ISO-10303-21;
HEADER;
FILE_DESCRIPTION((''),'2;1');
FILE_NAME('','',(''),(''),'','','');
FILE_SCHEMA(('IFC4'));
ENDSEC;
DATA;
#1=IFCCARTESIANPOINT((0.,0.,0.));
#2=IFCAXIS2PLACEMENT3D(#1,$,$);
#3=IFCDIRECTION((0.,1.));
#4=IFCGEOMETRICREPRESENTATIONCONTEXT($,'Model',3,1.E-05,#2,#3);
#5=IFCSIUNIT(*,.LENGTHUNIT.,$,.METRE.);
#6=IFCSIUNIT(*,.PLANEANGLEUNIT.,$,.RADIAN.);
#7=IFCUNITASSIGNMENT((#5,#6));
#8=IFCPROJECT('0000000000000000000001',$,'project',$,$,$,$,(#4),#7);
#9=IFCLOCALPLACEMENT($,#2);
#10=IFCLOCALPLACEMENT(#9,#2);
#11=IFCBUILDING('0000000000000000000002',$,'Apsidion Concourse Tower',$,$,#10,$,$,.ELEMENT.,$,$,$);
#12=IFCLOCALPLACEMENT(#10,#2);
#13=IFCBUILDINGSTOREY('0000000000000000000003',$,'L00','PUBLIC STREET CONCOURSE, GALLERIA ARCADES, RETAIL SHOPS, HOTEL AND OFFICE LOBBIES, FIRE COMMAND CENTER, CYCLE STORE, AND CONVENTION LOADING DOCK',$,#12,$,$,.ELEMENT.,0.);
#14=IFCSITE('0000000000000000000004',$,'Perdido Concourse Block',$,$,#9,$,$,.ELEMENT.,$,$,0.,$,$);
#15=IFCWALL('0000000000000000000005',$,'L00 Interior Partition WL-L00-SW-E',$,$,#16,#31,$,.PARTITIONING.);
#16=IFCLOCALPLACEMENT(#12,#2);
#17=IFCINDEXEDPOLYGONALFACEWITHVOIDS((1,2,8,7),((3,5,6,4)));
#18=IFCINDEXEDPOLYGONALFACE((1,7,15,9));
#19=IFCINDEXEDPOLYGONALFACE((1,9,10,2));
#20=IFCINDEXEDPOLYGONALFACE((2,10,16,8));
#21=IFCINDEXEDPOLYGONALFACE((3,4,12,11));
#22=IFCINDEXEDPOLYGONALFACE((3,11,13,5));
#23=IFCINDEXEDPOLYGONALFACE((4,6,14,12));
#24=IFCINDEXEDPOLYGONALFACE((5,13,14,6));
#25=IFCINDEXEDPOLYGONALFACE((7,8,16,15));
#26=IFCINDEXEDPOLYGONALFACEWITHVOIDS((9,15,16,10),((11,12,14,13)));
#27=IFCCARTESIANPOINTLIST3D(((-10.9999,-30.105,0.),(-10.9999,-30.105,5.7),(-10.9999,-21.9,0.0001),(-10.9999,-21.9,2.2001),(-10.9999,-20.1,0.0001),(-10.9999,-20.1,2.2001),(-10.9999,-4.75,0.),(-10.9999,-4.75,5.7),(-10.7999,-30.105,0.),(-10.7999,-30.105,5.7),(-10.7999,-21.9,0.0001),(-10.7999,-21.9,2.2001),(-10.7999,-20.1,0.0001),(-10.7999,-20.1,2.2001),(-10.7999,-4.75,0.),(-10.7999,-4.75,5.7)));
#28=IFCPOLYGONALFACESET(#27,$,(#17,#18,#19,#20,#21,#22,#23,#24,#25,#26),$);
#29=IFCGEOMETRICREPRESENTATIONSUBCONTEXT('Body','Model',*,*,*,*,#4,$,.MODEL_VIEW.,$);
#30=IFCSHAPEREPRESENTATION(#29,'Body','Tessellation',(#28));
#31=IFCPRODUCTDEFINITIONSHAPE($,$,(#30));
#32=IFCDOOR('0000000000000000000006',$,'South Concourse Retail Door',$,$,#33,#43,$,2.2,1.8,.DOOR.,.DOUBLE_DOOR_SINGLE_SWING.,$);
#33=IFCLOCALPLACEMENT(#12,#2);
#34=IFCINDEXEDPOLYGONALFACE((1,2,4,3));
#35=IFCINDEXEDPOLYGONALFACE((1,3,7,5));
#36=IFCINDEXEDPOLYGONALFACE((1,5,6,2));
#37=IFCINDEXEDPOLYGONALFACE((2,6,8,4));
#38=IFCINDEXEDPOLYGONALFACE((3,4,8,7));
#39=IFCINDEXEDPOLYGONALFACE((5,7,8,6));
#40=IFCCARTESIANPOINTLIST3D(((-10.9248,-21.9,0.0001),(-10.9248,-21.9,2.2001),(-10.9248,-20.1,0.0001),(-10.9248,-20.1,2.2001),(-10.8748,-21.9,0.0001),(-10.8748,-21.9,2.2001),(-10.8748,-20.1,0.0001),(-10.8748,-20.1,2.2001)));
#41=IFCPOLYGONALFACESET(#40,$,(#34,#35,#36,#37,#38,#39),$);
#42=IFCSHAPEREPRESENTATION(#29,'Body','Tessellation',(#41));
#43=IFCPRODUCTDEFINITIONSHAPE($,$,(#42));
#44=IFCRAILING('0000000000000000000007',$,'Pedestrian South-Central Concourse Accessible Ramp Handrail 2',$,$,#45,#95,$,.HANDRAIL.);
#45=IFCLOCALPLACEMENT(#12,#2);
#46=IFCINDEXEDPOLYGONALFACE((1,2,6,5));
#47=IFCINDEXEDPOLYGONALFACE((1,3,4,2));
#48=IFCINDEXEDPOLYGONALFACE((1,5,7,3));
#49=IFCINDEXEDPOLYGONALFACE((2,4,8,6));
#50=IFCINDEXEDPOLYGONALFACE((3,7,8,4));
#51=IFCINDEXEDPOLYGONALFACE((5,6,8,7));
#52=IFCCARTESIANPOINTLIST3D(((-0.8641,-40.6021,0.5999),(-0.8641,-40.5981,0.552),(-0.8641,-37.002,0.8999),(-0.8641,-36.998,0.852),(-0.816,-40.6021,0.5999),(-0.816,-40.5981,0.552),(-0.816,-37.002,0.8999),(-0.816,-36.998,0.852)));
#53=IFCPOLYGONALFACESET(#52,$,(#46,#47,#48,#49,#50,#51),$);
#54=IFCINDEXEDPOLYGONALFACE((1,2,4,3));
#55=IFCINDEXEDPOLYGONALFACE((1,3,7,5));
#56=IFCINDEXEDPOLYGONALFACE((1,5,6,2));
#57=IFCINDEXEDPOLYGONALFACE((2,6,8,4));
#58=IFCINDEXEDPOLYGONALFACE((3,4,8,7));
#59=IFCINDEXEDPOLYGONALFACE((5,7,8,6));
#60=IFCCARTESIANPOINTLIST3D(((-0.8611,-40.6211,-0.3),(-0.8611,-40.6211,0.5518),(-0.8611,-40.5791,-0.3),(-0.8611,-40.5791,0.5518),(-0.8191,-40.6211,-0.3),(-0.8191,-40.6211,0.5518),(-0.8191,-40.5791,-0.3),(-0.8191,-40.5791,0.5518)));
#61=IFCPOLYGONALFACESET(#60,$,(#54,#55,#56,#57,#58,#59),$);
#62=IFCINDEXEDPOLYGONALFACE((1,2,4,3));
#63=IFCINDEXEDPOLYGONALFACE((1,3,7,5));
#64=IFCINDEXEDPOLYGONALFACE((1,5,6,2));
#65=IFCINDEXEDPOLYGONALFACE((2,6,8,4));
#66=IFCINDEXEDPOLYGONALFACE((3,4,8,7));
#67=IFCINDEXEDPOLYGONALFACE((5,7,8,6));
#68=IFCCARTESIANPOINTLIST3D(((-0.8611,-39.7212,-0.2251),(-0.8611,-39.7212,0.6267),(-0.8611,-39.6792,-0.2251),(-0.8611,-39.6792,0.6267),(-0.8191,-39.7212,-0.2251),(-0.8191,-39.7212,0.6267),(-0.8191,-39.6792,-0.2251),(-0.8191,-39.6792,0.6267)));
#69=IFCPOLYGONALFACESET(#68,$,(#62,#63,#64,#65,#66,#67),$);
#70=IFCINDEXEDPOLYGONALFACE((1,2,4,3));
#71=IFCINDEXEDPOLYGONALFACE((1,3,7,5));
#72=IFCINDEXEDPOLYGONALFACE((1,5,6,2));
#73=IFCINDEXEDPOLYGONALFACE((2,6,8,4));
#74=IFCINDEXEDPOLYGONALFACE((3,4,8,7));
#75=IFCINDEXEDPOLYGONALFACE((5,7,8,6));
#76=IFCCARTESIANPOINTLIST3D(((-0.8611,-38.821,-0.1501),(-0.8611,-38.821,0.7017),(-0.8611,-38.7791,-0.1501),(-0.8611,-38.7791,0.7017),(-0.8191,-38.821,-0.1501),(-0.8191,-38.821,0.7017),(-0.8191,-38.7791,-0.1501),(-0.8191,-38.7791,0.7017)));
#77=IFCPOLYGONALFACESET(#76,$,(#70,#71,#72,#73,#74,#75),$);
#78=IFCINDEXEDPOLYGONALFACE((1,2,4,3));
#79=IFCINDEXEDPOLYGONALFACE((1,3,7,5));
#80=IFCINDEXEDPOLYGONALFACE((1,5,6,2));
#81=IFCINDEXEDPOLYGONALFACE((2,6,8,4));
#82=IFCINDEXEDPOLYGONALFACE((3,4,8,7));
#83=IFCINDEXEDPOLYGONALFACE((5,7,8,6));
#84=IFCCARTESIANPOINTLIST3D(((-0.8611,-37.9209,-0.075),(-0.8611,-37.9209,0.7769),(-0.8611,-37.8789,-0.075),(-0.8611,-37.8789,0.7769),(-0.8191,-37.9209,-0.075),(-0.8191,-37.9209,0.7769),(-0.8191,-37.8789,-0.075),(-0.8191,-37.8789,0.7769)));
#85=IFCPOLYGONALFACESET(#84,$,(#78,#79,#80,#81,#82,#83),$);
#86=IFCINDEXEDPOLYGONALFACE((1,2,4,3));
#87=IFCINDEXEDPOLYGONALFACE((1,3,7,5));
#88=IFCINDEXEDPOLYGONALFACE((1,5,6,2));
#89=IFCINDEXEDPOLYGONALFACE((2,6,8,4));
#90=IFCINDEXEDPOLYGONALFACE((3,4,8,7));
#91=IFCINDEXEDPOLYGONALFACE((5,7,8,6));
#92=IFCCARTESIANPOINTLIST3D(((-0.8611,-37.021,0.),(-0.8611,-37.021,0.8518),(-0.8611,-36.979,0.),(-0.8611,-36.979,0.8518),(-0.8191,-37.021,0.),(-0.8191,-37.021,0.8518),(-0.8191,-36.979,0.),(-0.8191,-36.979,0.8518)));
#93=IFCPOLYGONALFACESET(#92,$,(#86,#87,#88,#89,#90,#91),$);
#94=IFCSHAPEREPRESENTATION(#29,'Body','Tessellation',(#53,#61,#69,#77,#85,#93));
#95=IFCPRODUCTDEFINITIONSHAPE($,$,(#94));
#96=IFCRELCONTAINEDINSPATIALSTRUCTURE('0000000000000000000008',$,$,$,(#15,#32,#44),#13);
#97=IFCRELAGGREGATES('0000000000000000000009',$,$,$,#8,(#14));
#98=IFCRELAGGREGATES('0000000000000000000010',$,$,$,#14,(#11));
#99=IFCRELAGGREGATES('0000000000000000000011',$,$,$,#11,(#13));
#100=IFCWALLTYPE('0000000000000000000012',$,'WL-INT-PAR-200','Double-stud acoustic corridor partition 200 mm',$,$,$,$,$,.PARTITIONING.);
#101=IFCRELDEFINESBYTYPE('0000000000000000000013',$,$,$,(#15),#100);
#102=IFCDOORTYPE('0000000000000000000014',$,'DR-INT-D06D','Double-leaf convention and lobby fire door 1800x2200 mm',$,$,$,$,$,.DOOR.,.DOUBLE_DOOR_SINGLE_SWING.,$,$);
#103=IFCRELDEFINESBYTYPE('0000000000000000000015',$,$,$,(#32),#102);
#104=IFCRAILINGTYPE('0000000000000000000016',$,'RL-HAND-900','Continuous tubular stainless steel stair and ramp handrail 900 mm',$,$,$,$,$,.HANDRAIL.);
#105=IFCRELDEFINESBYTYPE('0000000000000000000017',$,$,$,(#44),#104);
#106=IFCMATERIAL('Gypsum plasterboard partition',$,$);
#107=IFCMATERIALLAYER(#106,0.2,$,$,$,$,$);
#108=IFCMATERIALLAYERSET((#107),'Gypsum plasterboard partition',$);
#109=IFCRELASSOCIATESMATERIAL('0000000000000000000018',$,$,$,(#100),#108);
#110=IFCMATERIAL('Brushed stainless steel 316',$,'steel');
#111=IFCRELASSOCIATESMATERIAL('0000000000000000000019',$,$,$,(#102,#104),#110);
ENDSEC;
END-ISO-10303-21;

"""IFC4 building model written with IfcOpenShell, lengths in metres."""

from ifc_helpers import new_model, si_unit, direction, frame, frame_2d, origin, origin_2d, place, context, subcontext, project, spatial, rectangle, extrude, material, layer, layer_set, type_object, element, fill, save


model = new_model("IFC4")

# Units and contexts
model_context = context("Model", 3, precision=1e-05, world=origin(), true_north=direction((0.0, 1.0)))
body_context = subcontext(model_context, "Body", "Model", "MODEL_VIEW")
ifc_project = project(units=[si_unit("LENGTHUNIT", "METRE"), si_unit("PLANEANGLEUNIT", "RADIAN")], contexts=[model_context])

# Site, building, storey
site_placement = place(None, origin())
site = spatial("IfcSite", under=ifc_project, at=site_placement, Name="Perdido Concourse Block", CompositionType="ELEMENT", RefElevation=0.0)
building_placement = place(site_placement, origin())
building = spatial("IfcBuilding", under=site, at=building_placement, Name="Apsidion Concourse Tower", CompositionType="ELEMENT")
storey_placement = place(building_placement, origin())
storey = spatial("IfcBuildingStorey", under=building, at=storey_placement, Name="L00", Description="PUBLIC STREET CONCOURSE, GALLERIA ARCADES, RETAIL SHOPS, HOTEL AND OFFICE LOBBIES, FIRE COMMAND CENTER, CYCLE STORE, AND CONVENTION LOADING DOCK", CompositionType="ELEMENT", Elevation=0.0)

# Wall, opening, door
ifc_material_1 = material(Name="Gypsum plasterboard partition")
ifc_layer_1 = layer(ifc_material_1, 0.2)
ifc_layer_set_1 = layer_set([ifc_layer_1], Name="Gypsum plasterboard partition")
wall_type = type_object("IfcWallType", Name="WL-INT-PAR-200", Description="Double-stud acoustic corridor partition 200 mm", PredefinedType="PARTITIONING", material=ifc_layer_set_1)
wall_placement = place(storey_placement, frame((-10.8999, -30.105, 0.0), z_axis=(0.0, 0.0, 1.0), x_axis=(0.0, 1.0, 0.0)))
wall = element("IfcWall", 1, at=wall_placement, inside=storey, type_object=wall_type, Name="L00 Interior Partition WL-L00-SW-E", PredefinedType="PARTITIONING", context=body_context, shape_type="SweptSolid", body=[
    extrude(rectangle(XDim=25.355, YDim=0.2, at=frame_2d((12.6775, 0.0))), origin(), (0.0, 0.0, 1.0), 5.7),
])
opening_placement = place(wall_placement, frame((8.2051, 0.0, 0.0)))
opening = element("IfcOpeningElement", 2, at=opening_placement, cuts=wall, PredefinedType="OPENING", context=body_context, shape_type="SweptSolid", body=[
    extrude(rectangle(XDim=1.8, YDim=2.2, at=frame_2d((0.8999, 1.1001))), frame((0.0, 0.1099, 0.0), z_axis=(0.0, -1.0, 0.0), x_axis=(1.0, 0.0, 0.0)), (0.0, 0.0, 1.0), 0.22),
])
ifc_material_2 = material(Name="Brushed stainless steel 316", Category="steel")
door_type = type_object("IfcDoorType", Name="DR-INT-D06D", Description="Double-leaf convention and lobby fire door 1800x2200 mm", OperationType="DOUBLE_DOOR_SINGLE_SWING", PredefinedType="DOOR", material=ifc_material_2)
door_placement = place(opening_placement, origin())
door = element("IfcDoor", 3, at=door_placement, inside=storey, type_object=door_type, Name="South Concourse Retail Door", OperationType="DOUBLE_DOOR_SINGLE_SWING", OverallHeight=2.2, OverallWidth=1.8, PredefinedType="DOOR", context=body_context, shape_type="SweptSolid", body=[
    extrude(rectangle(XDim=1.8, YDim=2.2, at=frame_2d((0.8999, 1.1001))), frame((0.0, 0.0249, 0.0), z_axis=(0.0, -1.0, 0.0), x_axis=(1.0, 0.0, 0.0)), (0.0, 0.0, 1.0), 0.05),
])
fill(opening, door)

# Railing
railing_type = type_object("IfcRailingType", Name="RL-HAND-900", Description="Continuous tubular stainless steel stair and ramp handrail 900 mm", PredefinedType="HANDRAIL", material=ifc_material_2)
railing_placement = place(storey_placement, frame((-0.8401, -40.6001, -0.3)))
element("IfcRailing", 4, at=railing_placement, inside=storey, type_object=railing_type, Name="Pedestrian South-Central Concourse Accessible Ramp Handrail 2", PredefinedType="HANDRAIL", context=body_context, shape_type="SweptSolid", body=[
    extrude(rectangle(XDim=0.0481, YDim=0.0481, at=origin_2d()), frame((0.0, 0.0, 0.876), z_axis=(0.0, 0.996545, 0.083057), x_axis=(-1.0, 0.0, 0.0)), (0.0, 0.0, 1.0), 3.6125),
    extrude(rectangle(XDim=0.042, YDim=0.042, at=origin_2d()), origin(), (0.0, 0.0, 1.0), 0.8518),
    extrude(rectangle(XDim=0.042, YDim=0.042, at=origin_2d()), frame((0.0, 0.8999, 0.075)), (0.0, 0.0, 1.0), 0.8518),
    extrude(rectangle(XDim=0.042, YDim=0.042, at=origin_2d()), frame((0.0, 1.8, 0.1499)), (0.0, 0.0, 1.0), 0.8518),
    extrude(rectangle(XDim=0.042, YDim=0.042, at=origin_2d()), frame((0.0, 2.7002, 0.2251)), (0.0, 0.0, 1.0), 0.8518),
    extrude(rectangle(XDim=0.042, YDim=0.042, at=origin_2d()), frame((0.0, 3.6001, 0.3)), (0.0, 0.0, 1.0), 0.8518),
])

save(model, "model.ifc")
